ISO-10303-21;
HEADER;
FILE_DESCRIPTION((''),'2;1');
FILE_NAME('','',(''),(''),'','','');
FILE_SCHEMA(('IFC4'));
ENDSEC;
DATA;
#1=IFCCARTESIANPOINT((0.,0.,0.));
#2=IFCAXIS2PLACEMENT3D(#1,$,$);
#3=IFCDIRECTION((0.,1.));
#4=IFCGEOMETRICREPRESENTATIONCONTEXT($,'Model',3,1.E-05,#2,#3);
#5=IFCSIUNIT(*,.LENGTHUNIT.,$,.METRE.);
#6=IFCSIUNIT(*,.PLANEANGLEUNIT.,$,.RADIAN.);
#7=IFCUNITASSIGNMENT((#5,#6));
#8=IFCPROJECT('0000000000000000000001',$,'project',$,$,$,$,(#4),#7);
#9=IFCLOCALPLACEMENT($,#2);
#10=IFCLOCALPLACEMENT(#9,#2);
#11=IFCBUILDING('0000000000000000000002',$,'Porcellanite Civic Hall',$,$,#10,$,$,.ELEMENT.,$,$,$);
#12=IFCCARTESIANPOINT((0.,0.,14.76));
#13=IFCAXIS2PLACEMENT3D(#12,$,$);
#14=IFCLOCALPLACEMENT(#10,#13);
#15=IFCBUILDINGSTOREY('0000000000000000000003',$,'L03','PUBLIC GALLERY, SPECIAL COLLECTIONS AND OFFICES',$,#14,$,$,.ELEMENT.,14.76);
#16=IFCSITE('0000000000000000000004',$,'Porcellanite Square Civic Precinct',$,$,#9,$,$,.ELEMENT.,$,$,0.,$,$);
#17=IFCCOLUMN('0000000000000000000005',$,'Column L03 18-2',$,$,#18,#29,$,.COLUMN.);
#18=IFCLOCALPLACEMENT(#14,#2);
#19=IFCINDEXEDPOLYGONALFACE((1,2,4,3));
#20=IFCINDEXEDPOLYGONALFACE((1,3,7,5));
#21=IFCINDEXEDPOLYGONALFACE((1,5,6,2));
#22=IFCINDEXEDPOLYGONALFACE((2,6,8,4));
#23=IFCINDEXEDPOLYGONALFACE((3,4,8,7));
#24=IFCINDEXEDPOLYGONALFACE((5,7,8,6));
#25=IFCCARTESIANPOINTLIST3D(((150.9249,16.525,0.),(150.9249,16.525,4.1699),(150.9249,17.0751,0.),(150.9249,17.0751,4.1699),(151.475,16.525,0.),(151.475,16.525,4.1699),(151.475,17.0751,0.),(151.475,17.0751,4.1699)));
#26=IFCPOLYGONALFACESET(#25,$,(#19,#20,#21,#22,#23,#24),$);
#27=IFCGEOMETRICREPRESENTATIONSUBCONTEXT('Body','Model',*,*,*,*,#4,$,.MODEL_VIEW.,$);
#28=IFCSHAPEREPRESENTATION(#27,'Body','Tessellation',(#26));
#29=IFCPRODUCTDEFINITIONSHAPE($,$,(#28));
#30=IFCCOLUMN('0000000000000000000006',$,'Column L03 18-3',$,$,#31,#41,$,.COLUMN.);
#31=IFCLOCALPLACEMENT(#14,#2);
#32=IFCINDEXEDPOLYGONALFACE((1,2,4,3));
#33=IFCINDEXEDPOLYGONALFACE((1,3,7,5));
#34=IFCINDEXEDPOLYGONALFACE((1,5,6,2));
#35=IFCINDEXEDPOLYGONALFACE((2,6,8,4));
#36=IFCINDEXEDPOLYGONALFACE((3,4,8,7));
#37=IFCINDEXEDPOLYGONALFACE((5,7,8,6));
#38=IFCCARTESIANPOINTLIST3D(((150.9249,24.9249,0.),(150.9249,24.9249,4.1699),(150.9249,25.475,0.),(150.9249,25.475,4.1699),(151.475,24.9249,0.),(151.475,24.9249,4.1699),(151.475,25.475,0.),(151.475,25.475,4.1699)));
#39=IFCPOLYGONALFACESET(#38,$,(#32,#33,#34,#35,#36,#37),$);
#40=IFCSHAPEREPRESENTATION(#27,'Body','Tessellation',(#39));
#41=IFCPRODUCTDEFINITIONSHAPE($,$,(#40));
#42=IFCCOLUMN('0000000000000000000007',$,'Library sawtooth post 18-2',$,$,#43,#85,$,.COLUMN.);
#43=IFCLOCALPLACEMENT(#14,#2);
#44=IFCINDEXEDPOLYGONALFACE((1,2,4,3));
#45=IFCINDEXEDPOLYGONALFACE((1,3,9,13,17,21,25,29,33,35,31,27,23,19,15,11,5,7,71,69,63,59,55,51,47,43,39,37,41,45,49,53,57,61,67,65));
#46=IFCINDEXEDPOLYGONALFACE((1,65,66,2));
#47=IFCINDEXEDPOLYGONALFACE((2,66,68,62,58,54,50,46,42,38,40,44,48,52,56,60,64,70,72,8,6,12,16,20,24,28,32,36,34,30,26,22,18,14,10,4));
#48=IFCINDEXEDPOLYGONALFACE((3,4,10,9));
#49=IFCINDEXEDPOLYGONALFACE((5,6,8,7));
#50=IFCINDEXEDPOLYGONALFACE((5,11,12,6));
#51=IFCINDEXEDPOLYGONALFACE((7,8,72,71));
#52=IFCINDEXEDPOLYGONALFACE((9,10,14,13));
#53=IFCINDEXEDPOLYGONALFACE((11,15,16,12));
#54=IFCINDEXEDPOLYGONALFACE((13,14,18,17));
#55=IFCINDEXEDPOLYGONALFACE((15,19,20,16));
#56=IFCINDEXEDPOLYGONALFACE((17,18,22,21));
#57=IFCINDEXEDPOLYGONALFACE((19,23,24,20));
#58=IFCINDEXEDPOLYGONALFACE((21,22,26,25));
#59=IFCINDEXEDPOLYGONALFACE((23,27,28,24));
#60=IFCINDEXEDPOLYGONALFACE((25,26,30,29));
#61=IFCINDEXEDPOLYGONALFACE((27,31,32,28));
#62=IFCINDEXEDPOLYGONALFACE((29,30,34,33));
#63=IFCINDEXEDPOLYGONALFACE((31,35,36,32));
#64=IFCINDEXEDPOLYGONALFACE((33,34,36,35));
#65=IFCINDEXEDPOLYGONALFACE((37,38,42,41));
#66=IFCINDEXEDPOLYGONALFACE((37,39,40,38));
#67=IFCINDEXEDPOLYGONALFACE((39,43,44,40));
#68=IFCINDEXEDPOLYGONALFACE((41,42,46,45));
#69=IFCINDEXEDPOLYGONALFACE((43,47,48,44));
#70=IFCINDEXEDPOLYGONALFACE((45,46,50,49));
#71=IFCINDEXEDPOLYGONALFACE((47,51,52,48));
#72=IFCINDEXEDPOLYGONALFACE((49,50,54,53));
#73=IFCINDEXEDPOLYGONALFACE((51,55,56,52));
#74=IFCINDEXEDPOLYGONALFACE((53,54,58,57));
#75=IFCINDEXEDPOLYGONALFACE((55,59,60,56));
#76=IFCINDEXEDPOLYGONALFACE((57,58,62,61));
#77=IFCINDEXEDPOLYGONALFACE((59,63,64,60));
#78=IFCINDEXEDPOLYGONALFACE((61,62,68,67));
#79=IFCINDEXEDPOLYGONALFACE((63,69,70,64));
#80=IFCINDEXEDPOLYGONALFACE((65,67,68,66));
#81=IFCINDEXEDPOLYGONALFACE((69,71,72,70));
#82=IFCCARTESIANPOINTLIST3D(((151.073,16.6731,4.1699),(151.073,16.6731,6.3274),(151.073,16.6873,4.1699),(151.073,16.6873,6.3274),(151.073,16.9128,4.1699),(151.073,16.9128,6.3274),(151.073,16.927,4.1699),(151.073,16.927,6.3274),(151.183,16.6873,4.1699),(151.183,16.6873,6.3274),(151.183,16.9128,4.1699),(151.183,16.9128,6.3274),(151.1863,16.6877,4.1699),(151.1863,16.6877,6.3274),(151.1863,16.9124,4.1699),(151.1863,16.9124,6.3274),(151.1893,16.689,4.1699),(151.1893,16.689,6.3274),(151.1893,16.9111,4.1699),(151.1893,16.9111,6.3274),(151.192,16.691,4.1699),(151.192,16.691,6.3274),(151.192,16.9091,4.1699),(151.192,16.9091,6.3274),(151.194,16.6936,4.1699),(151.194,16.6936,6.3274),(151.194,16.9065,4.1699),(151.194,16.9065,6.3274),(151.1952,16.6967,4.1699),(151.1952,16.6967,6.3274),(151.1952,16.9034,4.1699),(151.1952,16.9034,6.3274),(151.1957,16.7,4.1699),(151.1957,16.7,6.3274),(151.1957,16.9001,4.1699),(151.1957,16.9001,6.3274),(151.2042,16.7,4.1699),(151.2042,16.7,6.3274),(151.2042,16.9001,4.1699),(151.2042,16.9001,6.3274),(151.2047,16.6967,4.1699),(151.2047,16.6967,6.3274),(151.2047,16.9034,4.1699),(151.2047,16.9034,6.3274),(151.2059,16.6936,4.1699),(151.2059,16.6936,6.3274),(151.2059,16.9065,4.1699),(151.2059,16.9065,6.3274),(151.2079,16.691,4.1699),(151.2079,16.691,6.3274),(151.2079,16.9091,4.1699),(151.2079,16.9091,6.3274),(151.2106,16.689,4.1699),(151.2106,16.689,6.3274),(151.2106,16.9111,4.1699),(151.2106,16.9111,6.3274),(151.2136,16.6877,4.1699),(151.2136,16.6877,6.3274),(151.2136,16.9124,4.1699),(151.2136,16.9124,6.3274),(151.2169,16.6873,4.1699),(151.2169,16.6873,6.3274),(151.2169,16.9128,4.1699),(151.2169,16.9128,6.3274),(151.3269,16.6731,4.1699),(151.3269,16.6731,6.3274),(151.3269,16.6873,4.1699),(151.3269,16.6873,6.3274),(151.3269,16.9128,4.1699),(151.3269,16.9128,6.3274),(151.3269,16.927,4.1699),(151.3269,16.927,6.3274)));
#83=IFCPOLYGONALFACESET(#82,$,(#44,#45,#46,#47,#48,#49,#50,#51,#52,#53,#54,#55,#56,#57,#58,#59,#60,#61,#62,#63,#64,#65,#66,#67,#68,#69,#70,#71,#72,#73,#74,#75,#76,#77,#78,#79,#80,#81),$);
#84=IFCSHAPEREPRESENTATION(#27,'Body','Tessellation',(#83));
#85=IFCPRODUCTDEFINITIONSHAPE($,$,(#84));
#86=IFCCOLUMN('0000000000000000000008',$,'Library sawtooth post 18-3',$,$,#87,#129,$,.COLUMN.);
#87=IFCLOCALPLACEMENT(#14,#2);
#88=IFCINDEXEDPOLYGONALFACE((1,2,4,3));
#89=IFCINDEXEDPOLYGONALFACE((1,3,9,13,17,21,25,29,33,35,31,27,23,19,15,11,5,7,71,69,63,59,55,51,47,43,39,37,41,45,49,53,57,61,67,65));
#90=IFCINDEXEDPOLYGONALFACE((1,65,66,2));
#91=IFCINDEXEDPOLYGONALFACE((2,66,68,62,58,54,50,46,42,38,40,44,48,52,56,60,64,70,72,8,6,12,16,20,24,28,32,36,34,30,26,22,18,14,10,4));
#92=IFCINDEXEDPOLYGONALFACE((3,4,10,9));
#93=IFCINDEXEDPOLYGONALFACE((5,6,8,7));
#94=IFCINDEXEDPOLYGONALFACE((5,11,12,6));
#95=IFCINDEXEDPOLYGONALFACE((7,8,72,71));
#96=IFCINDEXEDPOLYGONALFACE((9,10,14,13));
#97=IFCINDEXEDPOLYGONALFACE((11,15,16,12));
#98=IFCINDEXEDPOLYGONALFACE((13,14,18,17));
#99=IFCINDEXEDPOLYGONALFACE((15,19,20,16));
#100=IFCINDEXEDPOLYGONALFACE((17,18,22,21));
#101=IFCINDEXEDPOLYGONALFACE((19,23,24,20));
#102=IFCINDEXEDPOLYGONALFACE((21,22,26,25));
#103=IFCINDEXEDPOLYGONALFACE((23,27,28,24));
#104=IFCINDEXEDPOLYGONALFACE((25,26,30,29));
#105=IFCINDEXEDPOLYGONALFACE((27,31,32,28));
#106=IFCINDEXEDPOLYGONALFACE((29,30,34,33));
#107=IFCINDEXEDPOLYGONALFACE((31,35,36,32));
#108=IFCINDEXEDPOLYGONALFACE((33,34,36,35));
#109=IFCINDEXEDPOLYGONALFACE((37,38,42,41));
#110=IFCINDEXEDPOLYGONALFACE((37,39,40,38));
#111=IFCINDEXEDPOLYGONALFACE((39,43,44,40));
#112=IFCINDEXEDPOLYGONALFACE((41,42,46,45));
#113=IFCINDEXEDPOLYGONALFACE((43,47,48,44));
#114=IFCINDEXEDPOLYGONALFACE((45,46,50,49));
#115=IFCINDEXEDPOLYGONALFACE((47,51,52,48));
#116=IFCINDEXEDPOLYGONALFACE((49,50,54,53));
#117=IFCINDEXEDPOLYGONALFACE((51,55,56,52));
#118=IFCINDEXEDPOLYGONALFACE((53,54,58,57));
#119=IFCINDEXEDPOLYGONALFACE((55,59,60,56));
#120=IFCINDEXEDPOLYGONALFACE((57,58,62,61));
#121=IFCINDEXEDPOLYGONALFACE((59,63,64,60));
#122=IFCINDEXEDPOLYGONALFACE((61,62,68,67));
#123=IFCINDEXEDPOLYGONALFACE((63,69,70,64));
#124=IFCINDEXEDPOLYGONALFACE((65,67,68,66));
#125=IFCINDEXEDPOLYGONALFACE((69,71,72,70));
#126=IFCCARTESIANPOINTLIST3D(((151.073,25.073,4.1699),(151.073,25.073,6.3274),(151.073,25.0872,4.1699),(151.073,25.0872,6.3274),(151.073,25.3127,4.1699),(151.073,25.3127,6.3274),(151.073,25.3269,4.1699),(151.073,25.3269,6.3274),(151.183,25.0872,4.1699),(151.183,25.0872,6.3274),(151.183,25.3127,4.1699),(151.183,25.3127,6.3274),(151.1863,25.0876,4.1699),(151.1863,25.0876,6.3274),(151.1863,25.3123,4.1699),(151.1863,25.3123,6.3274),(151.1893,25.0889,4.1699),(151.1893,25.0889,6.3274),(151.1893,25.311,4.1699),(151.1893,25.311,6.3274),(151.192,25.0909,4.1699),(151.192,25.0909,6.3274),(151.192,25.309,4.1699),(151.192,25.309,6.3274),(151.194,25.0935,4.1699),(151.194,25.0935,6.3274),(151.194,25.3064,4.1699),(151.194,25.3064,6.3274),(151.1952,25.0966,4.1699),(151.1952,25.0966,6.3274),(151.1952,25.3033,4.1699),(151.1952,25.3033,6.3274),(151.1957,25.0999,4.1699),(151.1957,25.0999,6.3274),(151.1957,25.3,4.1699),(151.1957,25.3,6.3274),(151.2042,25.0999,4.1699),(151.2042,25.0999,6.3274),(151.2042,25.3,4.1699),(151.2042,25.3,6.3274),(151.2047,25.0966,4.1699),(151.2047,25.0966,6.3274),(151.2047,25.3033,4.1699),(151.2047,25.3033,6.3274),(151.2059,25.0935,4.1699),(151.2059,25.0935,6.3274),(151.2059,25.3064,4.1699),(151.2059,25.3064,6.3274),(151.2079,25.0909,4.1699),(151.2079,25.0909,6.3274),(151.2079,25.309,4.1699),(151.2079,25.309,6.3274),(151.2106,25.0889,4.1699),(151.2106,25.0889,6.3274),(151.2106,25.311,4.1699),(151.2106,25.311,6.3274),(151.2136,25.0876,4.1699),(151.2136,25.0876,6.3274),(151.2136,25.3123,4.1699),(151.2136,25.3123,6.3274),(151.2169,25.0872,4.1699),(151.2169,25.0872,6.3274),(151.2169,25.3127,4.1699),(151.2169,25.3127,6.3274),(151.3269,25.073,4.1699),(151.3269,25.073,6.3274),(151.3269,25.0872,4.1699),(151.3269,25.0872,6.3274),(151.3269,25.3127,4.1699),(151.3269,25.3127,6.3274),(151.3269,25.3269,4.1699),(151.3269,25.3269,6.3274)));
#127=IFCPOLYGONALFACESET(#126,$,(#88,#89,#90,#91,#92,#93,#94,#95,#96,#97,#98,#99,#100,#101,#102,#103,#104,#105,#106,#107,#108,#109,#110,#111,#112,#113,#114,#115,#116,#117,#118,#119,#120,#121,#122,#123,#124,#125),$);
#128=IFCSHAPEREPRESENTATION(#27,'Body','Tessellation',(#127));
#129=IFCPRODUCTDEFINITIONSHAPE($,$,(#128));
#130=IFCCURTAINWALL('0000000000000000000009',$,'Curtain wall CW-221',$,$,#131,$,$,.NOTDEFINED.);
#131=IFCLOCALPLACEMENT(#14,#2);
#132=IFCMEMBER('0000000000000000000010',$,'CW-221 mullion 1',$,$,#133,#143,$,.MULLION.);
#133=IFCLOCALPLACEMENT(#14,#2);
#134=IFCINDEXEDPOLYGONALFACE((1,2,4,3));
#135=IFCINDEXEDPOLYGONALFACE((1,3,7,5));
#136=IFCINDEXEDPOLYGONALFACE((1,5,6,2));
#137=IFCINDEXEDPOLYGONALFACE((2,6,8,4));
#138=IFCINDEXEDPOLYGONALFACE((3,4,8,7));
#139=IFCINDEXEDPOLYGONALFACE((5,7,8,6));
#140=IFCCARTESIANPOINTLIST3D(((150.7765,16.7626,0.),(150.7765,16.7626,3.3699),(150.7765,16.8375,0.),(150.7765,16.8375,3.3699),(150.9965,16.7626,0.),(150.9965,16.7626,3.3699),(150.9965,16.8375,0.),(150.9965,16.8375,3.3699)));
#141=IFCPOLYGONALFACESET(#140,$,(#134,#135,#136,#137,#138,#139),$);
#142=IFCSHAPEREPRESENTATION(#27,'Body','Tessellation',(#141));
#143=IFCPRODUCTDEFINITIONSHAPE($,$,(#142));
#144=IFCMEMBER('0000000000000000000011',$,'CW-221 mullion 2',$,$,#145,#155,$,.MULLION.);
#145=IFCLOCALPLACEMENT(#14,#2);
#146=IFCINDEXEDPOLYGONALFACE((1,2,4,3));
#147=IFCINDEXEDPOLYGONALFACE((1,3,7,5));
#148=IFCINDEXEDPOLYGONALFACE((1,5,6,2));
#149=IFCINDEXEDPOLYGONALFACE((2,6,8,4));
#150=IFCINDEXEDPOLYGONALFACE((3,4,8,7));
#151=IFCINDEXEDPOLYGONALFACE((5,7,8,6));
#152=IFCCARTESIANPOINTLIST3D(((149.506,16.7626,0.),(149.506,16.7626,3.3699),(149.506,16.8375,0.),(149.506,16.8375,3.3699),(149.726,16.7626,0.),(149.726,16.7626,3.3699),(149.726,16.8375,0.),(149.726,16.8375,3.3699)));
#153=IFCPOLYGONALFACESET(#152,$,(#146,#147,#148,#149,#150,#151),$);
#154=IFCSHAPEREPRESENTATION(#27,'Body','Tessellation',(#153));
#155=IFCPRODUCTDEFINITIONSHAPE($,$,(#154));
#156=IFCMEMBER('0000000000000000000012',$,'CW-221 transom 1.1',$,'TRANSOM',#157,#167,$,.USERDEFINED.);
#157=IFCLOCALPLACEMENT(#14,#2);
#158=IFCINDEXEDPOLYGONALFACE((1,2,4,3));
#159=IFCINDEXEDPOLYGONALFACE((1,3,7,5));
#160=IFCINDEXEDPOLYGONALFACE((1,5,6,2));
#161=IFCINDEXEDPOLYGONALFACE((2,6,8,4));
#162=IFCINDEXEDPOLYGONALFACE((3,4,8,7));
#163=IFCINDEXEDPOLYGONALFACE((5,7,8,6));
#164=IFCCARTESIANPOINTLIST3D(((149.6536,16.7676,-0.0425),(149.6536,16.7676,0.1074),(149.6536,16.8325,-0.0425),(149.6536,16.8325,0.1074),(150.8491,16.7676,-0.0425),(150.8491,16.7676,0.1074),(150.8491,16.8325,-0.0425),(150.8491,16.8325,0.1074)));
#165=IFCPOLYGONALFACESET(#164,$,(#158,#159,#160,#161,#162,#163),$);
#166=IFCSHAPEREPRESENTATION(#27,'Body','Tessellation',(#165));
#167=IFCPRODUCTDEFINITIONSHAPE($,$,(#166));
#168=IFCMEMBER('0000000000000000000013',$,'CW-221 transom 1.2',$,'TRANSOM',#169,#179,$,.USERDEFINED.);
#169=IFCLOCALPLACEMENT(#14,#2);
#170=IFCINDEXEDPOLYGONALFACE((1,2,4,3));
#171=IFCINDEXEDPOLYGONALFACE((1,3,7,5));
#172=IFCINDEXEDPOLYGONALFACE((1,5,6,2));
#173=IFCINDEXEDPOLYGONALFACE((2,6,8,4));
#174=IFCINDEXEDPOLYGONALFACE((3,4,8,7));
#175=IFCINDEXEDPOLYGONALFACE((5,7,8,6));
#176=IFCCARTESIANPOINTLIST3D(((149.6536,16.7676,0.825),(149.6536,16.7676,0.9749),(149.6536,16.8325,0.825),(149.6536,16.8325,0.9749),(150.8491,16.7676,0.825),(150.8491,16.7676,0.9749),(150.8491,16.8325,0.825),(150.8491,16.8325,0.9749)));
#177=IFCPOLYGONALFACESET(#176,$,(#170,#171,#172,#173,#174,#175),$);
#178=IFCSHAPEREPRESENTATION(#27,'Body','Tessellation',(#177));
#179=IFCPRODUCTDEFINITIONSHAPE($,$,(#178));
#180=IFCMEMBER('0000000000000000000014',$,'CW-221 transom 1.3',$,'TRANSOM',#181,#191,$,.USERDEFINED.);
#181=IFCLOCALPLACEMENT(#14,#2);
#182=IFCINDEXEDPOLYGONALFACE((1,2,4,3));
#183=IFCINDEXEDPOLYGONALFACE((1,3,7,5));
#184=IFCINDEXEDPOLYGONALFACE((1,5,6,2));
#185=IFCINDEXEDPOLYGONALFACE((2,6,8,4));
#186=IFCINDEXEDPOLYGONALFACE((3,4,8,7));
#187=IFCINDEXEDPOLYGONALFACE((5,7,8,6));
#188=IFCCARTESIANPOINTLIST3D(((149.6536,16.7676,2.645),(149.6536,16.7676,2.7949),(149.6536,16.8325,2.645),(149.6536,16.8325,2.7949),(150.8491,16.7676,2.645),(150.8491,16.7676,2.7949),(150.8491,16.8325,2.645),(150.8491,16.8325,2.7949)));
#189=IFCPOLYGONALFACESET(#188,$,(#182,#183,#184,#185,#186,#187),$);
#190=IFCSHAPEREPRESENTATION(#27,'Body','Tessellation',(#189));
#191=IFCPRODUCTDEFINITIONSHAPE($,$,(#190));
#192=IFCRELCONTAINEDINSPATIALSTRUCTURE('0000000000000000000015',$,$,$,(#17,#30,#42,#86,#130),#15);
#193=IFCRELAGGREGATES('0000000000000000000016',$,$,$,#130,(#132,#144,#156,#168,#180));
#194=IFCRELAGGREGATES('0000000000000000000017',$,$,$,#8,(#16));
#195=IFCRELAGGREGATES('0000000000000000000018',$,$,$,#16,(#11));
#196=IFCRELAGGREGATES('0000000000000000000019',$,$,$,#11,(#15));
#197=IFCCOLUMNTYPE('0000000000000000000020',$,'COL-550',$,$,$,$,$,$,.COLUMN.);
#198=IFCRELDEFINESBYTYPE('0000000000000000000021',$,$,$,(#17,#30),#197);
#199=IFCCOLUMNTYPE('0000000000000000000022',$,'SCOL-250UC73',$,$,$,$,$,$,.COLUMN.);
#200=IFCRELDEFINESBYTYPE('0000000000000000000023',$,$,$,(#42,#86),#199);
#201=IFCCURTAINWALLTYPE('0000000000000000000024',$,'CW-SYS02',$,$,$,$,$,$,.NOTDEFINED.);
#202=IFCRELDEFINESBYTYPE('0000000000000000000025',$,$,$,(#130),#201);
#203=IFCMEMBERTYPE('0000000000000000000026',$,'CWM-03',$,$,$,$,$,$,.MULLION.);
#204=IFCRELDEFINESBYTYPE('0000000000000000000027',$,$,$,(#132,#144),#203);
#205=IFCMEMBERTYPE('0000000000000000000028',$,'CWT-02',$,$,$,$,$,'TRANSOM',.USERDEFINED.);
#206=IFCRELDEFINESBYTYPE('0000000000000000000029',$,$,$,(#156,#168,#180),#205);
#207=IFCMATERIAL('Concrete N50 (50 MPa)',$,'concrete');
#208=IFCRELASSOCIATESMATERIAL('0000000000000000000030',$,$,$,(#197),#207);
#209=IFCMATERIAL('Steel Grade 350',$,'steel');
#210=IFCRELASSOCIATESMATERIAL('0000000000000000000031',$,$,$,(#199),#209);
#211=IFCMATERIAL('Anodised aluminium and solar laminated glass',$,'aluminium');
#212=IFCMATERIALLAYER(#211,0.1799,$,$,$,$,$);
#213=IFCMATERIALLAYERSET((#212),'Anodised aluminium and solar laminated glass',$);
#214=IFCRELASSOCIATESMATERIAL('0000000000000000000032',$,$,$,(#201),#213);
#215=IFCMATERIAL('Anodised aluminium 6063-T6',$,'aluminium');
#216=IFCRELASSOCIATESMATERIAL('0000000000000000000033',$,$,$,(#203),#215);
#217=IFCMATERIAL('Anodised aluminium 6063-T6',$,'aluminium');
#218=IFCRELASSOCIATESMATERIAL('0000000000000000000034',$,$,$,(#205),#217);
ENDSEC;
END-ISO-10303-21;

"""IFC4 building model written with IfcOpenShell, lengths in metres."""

from ifc_helpers import new_model, si_unit, direction, frame, origin, origin_2d, place, context, subcontext, project, spatial, rectangle, i_section, extrude, material, layer, layer_set, material_profile, profile_set, type_object, element, aggregate, save


model = new_model("IFC4")

# Units and contexts
model_context = context("Model", 3, precision=1e-05, world=origin(), true_north=direction((0.0, 1.0)))
body_context = subcontext(model_context, "Body", "Model", "MODEL_VIEW")
ifc_project = project(units=[si_unit("LENGTHUNIT", "METRE"), si_unit("PLANEANGLEUNIT", "RADIAN")], contexts=[model_context])

# Site, building, storey
site_placement = place(None, origin())
site = spatial("IfcSite", under=ifc_project, at=site_placement, Name="Porcellanite Square Civic Precinct", CompositionType="ELEMENT", RefElevation=0.0)
building_placement = place(site_placement, origin())
building = spatial("IfcBuilding", under=site, at=building_placement, Name="Porcellanite Civic Hall", CompositionType="ELEMENT")
storey_placement = place(building_placement, frame((0.0, 0.0, 14.76)))
storey = spatial("IfcBuildingStorey", under=building, at=storey_placement, Name="L03", Description="PUBLIC GALLERY, SPECIAL COLLECTIONS AND OFFICES", CompositionType="ELEMENT", Elevation=14.76)

# Columns
ifc_material_1 = material(Name="Concrete N50 (50 MPa)", Category="concrete")
ifc_material_profile_1 = material_profile(ifc_material_1, rectangle(XDim=0.55, YDim=0.55, at=origin_2d()), Name="RC-550x550")
ifc_profile_set_1 = profile_set([ifc_material_profile_1], Name="Concrete N50 (50 MPa)")
column_type_1 = type_object("IfcColumnType", Name="COL-550", PredefinedType="COLUMN", material=ifc_profile_set_1)
for number, where, z_axis, x_axis, name in (
    (1, (151.2, 16.8, 0.0), (0.0, 0.0, 1.0), (1.0, 0.0, 0.0), "Column L03 18-2"),
    (2, (151.2, 25.2, 0.0), (0.0, 0.0, 1.0), (1.0, 0.0, 0.0), "Column L03 18-3"),
):
    element("IfcColumn", number, at=place(storey_placement, frame(where, z_axis=z_axis, x_axis=x_axis)), inside=storey, type_object=column_type_1, Name=name, PredefinedType="COLUMN", context=body_context, shape_type="SweptSolid", body=[
        extrude(rectangle(XDim=0.55, YDim=0.55, at=origin_2d()), origin(), (0.0, 0.0, 1.0), 4.1699),
    ])
ifc_material_2 = material(Name="Steel Grade 350", Category="steel")
ifc_material_profile_2 = material_profile(ifc_material_2, i_section(OverallWidth=0.2539, OverallDepth=0.2539, WebThickness=0.0085, FlangeThickness=0.0142, FilletRadius=0.0127, at=origin_2d()), Name="250UC72.9")
ifc_profile_set_2 = profile_set([ifc_material_profile_2], Name="Steel Grade 350")
column_type_2 = type_object("IfcColumnType", Name="SCOL-250UC73", PredefinedType="COLUMN", material=ifc_profile_set_2)
for number, where, z_axis, x_axis, name in (
    (3, (151.2, 16.8, 4.1699), (0.0, 0.0, 1.0), (1.0, 0.0, 0.0), "Library sawtooth post 18-2"),
    (4, (151.2, 25.2, 4.1699), (0.0, 0.0, 1.0), (1.0, 0.0, 0.0), "Library sawtooth post 18-3"),
):
    element("IfcColumn", number, at=place(storey_placement, frame(where, z_axis=z_axis, x_axis=x_axis)), inside=storey, type_object=column_type_2, Name=name, PredefinedType="COLUMN", context=body_context, shape_type="SweptSolid", body=[
        extrude(i_section(OverallWidth=0.2539, OverallDepth=0.2539, WebThickness=0.0085, FlangeThickness=0.0142, FilletRadius=0.0127, at=origin_2d()), origin(), (0.0, 0.0, 1.0), 2.1575),
    ])

# Curtain wall, members
ifc_material_3 = material(Name="Anodised aluminium and solar laminated glass", Category="aluminium")
ifc_layer_1 = layer(ifc_material_3, 0.1799)
ifc_layer_set_1 = layer_set([ifc_layer_1], Name="Anodised aluminium and solar laminated glass")
curtain_wall_type = type_object("IfcCurtainWallType", Name="CW-SYS02", PredefinedType="NOTDEFINED", material=ifc_layer_set_1)
curtain_wall_placement = place(storey_placement, origin())
curtain_wall = element("IfcCurtainWall", 5, at=curtain_wall_placement, inside=storey, type_object=curtain_wall_type, Name="Curtain wall CW-221", PredefinedType="NOTDEFINED")
ifc_material_4 = material(Name="Anodised aluminium 6063-T6", Category="aluminium")
ifc_material_profile_3 = material_profile(ifc_material_4, rectangle(XDim=0.075, YDim=0.22, at=origin_2d()), Name="AL-75x220")
ifc_profile_set_3 = profile_set([ifc_material_profile_3], Name="Anodised aluminium 6063-T6")
member_type_1 = type_object("IfcMemberType", Name="CWM-03", PredefinedType="MULLION", material=ifc_profile_set_3)
member_1_placement = place(storey_placement, frame((150.8865, 16.8, 0.0), z_axis=(0.0, 0.0, 1.0), x_axis=(0.0, -1.0, 0.0)))
member_1 = element("IfcMember", 6, at=member_1_placement, type_object=member_type_1, Name="CW-221 mullion 1", PredefinedType="MULLION", context=body_context, shape_type="SweptSolid", body=[
    extrude(rectangle(XDim=0.075, YDim=0.22, at=origin_2d()), origin(), (0.0, 0.0, 1.0), 3.3699),
])
member_2_placement = place(storey_placement, frame((149.616, 16.8, 0.0), z_axis=(0.0, 0.0, 1.0), x_axis=(0.0, -1.0, 0.0)))
member_2 = element("IfcMember", 7, at=member_2_placement, type_object=member_type_1, Name="CW-221 mullion 2", PredefinedType="MULLION", context=body_context, shape_type="SweptSolid", body=[
    extrude(rectangle(XDim=0.075, YDim=0.22, at=origin_2d()), origin(), (0.0, 0.0, 1.0), 3.3699),
])
ifc_material_5 = material(Name="Anodised aluminium 6063-T6", Category="aluminium")
ifc_material_profile_4 = material_profile(ifc_material_5, rectangle(XDim=0.0649, YDim=0.1499, at=origin_2d()), Name="AL-65x150")
ifc_profile_set_4 = profile_set([ifc_material_profile_4], Name="Anodised aluminium 6063-T6")
member_type_2 = type_object("IfcMemberType", Name="CWT-02", ElementType="TRANSOM", PredefinedType="USERDEFINED", material=ifc_profile_set_4)
member_3_placement = place(storey_placement, frame((150.8491, 16.8, 0.0325), z_axis=(-1.0, 0.0, 0.0), x_axis=(0.0, -1.0, 0.0)))
member_3 = element("IfcMember", 8, at=member_3_placement, type_object=member_type_2, Name="CW-221 transom 1.1", ObjectType="TRANSOM", PredefinedType="USERDEFINED", context=body_context, shape_type="SweptSolid", body=[
    extrude(rectangle(XDim=0.0649, YDim=0.1499, at=origin_2d()), origin(), (0.0, 0.0, 1.0), 1.1956),
])
member_4_placement = place(storey_placement, frame((150.8491, 16.8, 0.8999), z_axis=(-1.0, 0.0, 0.0), x_axis=(0.0, -1.0, 0.0)))
member_4 = element("IfcMember", 9, at=member_4_placement, type_object=member_type_2, Name="CW-221 transom 1.2", ObjectType="TRANSOM", PredefinedType="USERDEFINED", context=body_context, shape_type="SweptSolid", body=[
    extrude(rectangle(XDim=0.0649, YDim=0.1499, at=origin_2d()), origin(), (0.0, 0.0, 1.0), 1.1956),
])
member_5_placement = place(storey_placement, frame((150.8491, 16.8, 2.72), z_axis=(-1.0, 0.0, 0.0), x_axis=(0.0, -1.0, 0.0)))
member_5 = element("IfcMember", 10, at=member_5_placement, type_object=member_type_2, Name="CW-221 transom 1.3", ObjectType="TRANSOM", PredefinedType="USERDEFINED", context=body_context, shape_type="SweptSolid", body=[
    extrude(rectangle(XDim=0.0649, YDim=0.1499, at=origin_2d()), origin(), (0.0, 0.0, 1.0), 1.1956),
])

aggregate(curtain_wall, [member_1, member_2, member_3, member_4, member_5])

save(model, "model.ifc")
